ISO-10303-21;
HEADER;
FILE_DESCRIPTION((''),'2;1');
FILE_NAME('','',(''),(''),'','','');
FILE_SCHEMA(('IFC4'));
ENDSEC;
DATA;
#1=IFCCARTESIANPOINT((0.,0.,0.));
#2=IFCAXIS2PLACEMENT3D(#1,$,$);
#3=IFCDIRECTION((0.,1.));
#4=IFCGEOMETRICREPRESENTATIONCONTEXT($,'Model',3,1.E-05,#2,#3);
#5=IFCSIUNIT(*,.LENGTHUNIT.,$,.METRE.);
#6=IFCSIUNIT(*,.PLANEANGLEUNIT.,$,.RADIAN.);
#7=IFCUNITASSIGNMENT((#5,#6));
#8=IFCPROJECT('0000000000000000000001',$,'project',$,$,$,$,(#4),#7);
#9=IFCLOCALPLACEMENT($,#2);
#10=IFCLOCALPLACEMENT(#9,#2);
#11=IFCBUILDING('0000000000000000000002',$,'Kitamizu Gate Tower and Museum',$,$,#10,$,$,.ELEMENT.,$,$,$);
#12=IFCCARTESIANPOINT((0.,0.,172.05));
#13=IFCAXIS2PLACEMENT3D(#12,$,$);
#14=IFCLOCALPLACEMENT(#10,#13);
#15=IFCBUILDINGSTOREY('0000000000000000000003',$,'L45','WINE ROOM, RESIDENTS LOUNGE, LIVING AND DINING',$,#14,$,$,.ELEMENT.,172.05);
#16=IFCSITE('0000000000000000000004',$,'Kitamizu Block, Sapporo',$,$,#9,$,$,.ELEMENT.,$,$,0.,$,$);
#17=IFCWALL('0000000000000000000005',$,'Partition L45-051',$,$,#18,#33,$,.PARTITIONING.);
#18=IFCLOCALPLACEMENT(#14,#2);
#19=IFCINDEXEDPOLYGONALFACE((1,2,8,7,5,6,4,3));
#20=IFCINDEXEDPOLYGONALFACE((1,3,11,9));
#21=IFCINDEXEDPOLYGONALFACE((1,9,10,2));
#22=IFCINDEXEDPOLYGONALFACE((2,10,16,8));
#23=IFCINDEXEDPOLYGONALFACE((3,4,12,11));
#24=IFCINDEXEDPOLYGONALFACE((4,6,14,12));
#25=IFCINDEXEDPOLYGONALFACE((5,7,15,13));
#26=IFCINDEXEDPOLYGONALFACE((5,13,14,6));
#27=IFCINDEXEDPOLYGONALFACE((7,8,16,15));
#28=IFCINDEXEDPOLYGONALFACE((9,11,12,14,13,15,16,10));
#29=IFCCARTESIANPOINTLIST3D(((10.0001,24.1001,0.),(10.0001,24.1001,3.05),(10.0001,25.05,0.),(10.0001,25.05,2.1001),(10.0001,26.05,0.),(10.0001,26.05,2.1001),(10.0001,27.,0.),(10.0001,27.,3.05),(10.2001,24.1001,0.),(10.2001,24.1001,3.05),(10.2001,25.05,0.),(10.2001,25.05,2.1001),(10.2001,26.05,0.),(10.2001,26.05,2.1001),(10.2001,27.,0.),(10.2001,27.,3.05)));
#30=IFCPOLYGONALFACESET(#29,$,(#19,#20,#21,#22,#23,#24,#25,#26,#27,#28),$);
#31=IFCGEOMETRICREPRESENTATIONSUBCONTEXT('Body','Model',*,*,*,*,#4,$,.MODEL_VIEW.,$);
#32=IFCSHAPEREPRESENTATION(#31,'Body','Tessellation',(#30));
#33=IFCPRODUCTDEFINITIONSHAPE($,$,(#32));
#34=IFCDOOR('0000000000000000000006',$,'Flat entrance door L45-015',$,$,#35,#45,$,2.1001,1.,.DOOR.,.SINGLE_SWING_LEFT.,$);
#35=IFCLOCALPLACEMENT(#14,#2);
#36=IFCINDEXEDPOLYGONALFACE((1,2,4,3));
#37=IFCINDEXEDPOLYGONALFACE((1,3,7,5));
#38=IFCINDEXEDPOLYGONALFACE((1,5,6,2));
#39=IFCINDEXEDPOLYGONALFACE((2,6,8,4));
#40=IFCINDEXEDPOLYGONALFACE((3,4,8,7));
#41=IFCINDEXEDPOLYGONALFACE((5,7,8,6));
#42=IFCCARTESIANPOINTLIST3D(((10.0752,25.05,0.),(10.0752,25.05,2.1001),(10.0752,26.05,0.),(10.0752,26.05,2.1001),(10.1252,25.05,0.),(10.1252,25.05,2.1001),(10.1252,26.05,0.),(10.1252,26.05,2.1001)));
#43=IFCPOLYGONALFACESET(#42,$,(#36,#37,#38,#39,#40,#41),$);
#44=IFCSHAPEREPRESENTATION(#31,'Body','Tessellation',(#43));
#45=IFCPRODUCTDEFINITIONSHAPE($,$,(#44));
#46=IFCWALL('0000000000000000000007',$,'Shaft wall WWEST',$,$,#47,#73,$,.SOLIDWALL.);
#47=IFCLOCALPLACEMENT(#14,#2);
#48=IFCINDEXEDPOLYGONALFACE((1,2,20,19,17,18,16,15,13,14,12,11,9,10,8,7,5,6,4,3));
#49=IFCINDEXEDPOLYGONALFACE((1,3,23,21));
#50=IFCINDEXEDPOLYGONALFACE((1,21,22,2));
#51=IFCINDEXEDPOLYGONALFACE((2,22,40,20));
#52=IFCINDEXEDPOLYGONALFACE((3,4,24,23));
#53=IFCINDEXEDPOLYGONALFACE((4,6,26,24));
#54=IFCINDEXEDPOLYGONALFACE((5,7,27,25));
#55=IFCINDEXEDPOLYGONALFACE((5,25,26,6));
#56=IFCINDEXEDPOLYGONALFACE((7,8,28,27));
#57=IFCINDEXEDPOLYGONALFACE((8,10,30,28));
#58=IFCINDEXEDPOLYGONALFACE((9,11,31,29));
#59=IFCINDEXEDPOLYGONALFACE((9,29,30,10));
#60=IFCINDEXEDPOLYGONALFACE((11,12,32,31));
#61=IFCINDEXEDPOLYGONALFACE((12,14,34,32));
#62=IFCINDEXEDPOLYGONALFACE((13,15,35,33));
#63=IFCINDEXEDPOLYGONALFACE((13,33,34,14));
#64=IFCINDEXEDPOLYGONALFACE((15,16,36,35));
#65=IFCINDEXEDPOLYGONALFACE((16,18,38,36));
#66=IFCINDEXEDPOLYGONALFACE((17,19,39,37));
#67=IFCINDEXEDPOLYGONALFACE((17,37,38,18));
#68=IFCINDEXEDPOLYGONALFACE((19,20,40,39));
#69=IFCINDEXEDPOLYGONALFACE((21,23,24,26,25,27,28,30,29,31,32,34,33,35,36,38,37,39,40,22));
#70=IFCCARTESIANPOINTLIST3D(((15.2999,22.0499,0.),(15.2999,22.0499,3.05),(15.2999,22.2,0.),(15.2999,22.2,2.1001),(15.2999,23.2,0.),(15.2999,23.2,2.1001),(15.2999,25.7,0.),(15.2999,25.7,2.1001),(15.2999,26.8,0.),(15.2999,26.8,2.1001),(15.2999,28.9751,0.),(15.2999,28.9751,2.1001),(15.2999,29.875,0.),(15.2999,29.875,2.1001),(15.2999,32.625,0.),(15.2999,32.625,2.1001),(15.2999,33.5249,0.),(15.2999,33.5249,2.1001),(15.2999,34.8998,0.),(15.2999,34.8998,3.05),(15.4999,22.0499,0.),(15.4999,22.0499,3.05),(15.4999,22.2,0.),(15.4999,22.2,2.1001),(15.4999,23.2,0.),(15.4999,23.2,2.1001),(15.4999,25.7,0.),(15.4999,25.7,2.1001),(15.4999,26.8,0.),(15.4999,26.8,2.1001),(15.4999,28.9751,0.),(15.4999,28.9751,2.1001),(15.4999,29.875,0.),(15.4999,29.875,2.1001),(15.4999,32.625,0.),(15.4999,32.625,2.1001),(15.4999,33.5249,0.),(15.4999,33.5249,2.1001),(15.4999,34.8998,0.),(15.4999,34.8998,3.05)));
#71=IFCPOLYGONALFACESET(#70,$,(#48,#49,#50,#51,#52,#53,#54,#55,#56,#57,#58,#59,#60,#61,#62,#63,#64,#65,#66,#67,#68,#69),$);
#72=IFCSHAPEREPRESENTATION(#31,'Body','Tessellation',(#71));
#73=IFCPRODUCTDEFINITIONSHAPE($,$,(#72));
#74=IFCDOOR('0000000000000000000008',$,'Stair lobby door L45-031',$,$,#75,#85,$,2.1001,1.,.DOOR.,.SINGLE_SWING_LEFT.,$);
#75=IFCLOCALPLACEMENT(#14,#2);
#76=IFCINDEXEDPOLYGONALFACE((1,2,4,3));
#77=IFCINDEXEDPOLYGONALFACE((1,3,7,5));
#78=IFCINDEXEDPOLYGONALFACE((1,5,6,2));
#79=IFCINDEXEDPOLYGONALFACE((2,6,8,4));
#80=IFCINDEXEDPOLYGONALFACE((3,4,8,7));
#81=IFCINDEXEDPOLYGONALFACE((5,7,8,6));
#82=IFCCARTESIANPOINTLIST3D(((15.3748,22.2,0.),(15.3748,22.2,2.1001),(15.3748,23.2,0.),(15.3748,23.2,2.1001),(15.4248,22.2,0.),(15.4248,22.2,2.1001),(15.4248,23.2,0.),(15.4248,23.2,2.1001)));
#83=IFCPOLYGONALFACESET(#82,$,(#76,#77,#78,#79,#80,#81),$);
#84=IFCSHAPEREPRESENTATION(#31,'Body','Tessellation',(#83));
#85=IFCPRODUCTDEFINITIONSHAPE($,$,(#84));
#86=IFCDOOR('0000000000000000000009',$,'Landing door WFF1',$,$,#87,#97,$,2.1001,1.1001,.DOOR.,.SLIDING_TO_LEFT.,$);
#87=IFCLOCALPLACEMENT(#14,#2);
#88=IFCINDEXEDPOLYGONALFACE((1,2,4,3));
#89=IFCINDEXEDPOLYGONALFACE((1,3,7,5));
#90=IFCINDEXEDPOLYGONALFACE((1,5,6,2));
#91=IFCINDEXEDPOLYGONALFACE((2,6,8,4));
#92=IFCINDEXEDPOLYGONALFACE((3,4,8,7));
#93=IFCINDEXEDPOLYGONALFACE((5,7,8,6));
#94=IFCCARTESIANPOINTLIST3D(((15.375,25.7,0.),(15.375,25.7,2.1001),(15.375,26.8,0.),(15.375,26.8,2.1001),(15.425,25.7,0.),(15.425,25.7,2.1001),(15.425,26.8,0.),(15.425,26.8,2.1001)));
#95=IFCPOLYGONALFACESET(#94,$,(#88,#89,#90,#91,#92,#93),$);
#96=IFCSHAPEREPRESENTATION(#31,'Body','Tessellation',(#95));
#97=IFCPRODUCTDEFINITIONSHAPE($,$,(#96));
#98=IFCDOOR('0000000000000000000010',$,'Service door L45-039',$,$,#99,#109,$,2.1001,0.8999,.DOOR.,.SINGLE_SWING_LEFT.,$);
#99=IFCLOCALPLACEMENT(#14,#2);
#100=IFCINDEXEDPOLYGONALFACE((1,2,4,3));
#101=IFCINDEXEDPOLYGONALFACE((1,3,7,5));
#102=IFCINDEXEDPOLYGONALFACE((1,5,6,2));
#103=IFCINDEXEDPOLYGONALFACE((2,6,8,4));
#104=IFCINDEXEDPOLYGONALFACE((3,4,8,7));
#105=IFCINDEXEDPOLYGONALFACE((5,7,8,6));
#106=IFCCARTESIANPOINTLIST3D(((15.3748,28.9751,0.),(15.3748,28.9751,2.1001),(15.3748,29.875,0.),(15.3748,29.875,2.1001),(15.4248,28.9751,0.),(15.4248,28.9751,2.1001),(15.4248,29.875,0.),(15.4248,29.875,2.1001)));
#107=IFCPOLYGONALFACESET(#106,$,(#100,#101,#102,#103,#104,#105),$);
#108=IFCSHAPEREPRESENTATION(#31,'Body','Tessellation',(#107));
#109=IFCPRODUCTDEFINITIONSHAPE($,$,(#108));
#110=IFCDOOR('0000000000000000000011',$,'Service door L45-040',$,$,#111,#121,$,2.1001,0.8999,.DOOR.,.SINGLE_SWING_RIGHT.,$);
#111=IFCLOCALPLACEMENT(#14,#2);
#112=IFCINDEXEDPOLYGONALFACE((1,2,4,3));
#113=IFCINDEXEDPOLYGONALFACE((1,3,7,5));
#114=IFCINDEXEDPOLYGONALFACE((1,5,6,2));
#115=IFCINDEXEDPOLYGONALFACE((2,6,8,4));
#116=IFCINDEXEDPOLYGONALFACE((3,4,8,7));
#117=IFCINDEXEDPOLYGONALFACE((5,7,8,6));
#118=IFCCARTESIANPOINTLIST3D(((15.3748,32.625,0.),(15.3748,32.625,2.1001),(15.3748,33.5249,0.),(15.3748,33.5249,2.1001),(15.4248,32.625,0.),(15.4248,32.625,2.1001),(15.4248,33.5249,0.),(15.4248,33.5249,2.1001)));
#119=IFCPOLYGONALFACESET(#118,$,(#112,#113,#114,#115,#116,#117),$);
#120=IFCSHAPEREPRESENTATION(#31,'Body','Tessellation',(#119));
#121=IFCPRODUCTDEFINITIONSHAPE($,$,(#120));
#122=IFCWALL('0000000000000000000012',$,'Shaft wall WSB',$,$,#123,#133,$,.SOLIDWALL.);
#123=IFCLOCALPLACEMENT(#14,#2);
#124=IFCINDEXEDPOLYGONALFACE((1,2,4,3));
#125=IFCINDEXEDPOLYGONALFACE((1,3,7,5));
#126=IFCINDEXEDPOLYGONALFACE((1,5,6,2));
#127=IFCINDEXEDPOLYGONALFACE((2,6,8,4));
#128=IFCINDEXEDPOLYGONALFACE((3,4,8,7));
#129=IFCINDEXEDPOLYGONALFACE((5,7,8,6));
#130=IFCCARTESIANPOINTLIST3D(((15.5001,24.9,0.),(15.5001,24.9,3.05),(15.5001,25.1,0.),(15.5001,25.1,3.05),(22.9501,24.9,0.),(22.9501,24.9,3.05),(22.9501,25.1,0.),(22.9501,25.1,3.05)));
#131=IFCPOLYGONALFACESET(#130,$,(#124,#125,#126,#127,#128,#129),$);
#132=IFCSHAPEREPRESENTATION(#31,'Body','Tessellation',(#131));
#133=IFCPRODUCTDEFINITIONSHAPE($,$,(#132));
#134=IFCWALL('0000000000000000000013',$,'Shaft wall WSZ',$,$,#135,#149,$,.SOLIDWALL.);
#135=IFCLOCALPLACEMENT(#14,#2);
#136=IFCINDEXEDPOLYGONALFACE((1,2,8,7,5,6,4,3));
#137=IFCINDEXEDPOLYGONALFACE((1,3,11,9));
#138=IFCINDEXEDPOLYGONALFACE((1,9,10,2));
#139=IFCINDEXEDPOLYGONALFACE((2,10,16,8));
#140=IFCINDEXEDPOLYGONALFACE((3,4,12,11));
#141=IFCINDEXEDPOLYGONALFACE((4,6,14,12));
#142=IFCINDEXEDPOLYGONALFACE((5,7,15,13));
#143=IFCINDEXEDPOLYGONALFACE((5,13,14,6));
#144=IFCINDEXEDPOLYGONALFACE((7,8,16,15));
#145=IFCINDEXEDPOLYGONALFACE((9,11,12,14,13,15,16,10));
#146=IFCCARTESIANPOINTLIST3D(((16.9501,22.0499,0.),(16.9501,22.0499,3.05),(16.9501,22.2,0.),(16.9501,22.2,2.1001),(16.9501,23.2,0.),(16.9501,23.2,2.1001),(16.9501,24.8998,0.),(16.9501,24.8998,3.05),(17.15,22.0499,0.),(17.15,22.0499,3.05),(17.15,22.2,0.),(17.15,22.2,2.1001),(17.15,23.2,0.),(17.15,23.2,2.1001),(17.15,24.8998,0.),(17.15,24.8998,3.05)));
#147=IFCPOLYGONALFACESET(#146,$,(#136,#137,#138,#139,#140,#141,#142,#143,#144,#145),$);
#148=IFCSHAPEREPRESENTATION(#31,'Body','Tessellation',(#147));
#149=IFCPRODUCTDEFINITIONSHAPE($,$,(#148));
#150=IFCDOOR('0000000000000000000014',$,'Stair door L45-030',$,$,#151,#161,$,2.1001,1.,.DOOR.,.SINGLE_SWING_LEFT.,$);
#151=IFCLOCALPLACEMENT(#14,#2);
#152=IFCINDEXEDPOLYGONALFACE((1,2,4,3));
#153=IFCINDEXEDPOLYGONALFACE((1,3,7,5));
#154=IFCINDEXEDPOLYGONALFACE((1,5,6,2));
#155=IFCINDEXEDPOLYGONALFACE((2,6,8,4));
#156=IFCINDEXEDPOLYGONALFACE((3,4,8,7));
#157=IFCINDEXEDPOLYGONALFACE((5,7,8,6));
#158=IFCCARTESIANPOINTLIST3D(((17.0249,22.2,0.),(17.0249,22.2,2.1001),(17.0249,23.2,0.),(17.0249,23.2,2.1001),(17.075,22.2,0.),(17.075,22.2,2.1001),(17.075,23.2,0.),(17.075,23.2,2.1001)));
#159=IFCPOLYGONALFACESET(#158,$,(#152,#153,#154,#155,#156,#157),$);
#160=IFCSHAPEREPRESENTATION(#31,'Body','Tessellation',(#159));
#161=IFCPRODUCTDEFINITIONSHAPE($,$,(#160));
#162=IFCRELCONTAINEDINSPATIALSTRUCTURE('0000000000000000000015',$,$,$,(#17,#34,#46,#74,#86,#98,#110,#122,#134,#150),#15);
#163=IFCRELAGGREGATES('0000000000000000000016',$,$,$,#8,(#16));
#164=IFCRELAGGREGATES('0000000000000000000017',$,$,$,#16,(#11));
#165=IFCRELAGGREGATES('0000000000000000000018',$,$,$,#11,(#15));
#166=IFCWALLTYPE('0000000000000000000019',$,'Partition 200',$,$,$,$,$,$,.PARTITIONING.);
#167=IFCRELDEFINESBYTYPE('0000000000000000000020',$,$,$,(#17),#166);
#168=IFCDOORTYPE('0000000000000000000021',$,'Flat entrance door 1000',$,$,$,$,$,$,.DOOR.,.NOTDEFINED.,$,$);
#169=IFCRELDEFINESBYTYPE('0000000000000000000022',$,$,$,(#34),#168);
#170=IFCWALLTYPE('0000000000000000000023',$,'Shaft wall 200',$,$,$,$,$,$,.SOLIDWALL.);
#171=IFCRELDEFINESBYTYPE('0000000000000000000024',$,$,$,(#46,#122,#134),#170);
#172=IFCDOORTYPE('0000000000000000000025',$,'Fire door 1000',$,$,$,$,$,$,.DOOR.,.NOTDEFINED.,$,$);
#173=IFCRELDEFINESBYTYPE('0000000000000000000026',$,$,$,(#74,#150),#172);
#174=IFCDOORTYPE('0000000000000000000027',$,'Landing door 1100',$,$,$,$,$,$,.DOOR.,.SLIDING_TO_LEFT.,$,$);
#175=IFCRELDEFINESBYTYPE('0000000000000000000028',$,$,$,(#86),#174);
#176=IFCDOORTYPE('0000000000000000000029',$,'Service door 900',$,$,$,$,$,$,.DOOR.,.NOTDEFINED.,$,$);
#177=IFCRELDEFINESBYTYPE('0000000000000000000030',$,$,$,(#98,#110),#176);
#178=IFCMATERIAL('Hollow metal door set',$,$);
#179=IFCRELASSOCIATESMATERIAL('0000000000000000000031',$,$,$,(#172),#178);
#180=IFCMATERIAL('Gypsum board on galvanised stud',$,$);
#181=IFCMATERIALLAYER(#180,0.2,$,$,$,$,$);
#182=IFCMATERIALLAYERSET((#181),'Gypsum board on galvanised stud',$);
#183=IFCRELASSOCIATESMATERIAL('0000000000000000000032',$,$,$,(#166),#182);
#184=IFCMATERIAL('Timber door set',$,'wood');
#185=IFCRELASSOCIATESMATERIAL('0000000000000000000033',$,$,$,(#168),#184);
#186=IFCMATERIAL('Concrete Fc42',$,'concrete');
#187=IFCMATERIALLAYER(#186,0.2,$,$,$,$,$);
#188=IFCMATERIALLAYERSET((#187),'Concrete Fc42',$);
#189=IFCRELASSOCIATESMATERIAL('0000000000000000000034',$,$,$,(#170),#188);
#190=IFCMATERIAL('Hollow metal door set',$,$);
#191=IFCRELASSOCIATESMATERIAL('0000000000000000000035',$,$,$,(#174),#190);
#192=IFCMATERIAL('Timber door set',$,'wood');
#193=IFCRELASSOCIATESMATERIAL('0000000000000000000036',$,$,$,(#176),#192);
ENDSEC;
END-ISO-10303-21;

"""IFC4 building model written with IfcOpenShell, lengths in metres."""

from ifc_helpers import new_model, si_unit, direction, frame, frame_2d, origin, place, context, subcontext, project, spatial, rectangle, extrude, material, layer, layer_set, type_object, element, fill, save


model = new_model("IFC4")

# Units and contexts
model_context = context("Model", 3, precision=1e-05, world=origin(), true_north=direction((0.0, 1.0)))
body_context = subcontext(model_context, "Body", "Model", "MODEL_VIEW")
ifc_project = project(units=[si_unit("LENGTHUNIT", "METRE"), si_unit("PLANEANGLEUNIT", "RADIAN")], contexts=[model_context])

# Site, building, storey
site_placement = place(None, origin())
site = spatial("IfcSite", under=ifc_project, at=site_placement, Name="Kitamizu Block, Sapporo", CompositionType="ELEMENT", RefElevation=0.0)
building_placement = place(site_placement, origin())
building = spatial("IfcBuilding", under=site, at=building_placement, Name="Kitamizu Gate Tower and Museum", CompositionType="ELEMENT")
storey_placement = place(building_placement, frame((0.0, 0.0, 172.05)))
storey = spatial("IfcBuildingStorey", under=building, at=storey_placement, Name="L45", Description="WINE ROOM, RESIDENTS LOUNGE, LIVING AND DINING", CompositionType="ELEMENT", Elevation=172.05)

# Shared definitions
ifc_material_1 = material(Name="Hollow metal door set")
door_type_1 = type_object("IfcDoorType", Name="Fire door 1000", OperationType="NOTDEFINED", PredefinedType="DOOR", material=ifc_material_1)

# Shared definitions
ifc_material_2 = material(Name="Gypsum board on galvanised stud")
ifc_layer_1 = layer(ifc_material_2, 0.2)
ifc_layer_set_1 = layer_set([ifc_layer_1], Name="Gypsum board on galvanised stud")
wall_type_1 = type_object("IfcWallType", Name="Partition 200", PredefinedType="PARTITIONING", material=ifc_layer_set_1)

# Wall, opening, door
wall_1_placement = place(storey_placement, frame((10.1001, 24.1001, 0.0), z_axis=(0.0, 0.0, 1.0), x_axis=(0.0, 1.0, 0.0)))
wall_1 = element("IfcWall", 1, at=wall_1_placement, inside=storey, type_object=wall_type_1, Name="Partition L45-051", PredefinedType="PARTITIONING", context=body_context, shape_type="SweptSolid", body=[
    extrude(rectangle(XDim=2.8999, YDim=0.2, at=frame_2d((1.45, 0.0))), origin(), (0.0, 0.0, 1.0), 3.05),
])
opening_1_placement = place(wall_1_placement, frame((0.95, 0.0, 0.0)))
opening_1 = element("IfcOpeningElement", 2, at=opening_1_placement, cuts=wall_1, PredefinedType="OPENING", context=body_context, shape_type="SweptSolid", body=[
    extrude(rectangle(XDim=1.0, YDim=2.1001, at=frame_2d((0.5, 1.05))), frame((0.0, 0.1099, 0.0), z_axis=(0.0, -1.0, 0.0), x_axis=(1.0, 0.0, 0.0)), (0.0, 0.0, 1.0), 0.22),
])
ifc_material_3 = material(Name="Timber door set", Category="wood")
door_type_2 = type_object("IfcDoorType", Name="Flat entrance door 1000", OperationType="NOTDEFINED", PredefinedType="DOOR", material=ifc_material_3)
door_1_placement = place(opening_1_placement, origin())
door_1 = element("IfcDoor", 3, at=door_1_placement, inside=storey, type_object=door_type_2, Name="Flat entrance door L45-015", OperationType="SINGLE_SWING_LEFT", OverallHeight=2.1001, OverallWidth=1.0, PredefinedType="DOOR", context=body_context, shape_type="SweptSolid", body=[
    extrude(rectangle(XDim=1.0, YDim=2.1001, at=frame_2d((0.5, 1.05))), frame((0.0, 0.0249, 0.0), z_axis=(0.0, -1.0, 0.0), x_axis=(1.0, 0.0, 0.0)), (0.0, 0.0, 1.0), 0.05),
])
fill(opening_1, door_1)

# Wall, openings, doors
ifc_material_4 = material(Name="Concrete Fc42", Category="concrete")
ifc_layer_2 = layer(ifc_material_4, 0.2)
ifc_layer_set_2 = layer_set([ifc_layer_2], Name="Concrete Fc42")
wall_type_2 = type_object("IfcWallType", Name="Shaft wall 200", PredefinedType="SOLIDWALL", material=ifc_layer_set_2)
wall_2_placement = place(storey_placement, frame((15.3999, 22.05, 0.0), z_axis=(0.0, 0.0, 1.0), x_axis=(0.0, 1.0, 0.0)))
wall_2 = element("IfcWall", 4, at=wall_2_placement, inside=storey, type_object=wall_type_2, Name="Shaft wall WWEST", PredefinedType="SOLIDWALL", context=body_context, shape_type="SweptSolid", body=[
    extrude(rectangle(XDim=12.8499, YDim=0.2, at=frame_2d((6.4248, 0.0))), origin(), (0.0, 0.0, 1.0), 3.05),
])
opening_2_placement = place(wall_2_placement, frame((3.6499, 0.0, 0.0)))
opening_2 = element("IfcOpeningElement", 5, at=opening_2_placement, cuts=wall_2, PredefinedType="OPENING", context=body_context, shape_type="SweptSolid", body=[
    extrude(rectangle(XDim=1.1001, YDim=2.1001, at=frame_2d((0.55, 1.05))), frame((0.0, 0.1099, 0.0), z_axis=(0.0, -1.0, 0.0), x_axis=(1.0, 0.0, 0.0)), (0.0, 0.0, 1.0), 0.22),
])
opening_3_placement = place(wall_2_placement, frame((0.1499, 0.0, 0.0)))
opening_3 = element("IfcOpeningElement", 6, at=opening_3_placement, cuts=wall_2, PredefinedType="OPENING", context=body_context, shape_type="SweptSolid", body=[
    extrude(rectangle(XDim=1.0, YDim=2.1001, at=frame_2d((0.5, 1.05))), frame((0.0, 0.1099, 0.0), z_axis=(0.0, -1.0, 0.0), x_axis=(1.0, 0.0, 0.0)), (0.0, 0.0, 1.0), 0.22),
])
opening_4_placement = place(wall_2_placement, frame((6.925, 0.0, 0.0)))
opening_4 = element("IfcOpeningElement", 7, at=opening_4_placement, cuts=wall_2, PredefinedType="OPENING", context=body_context, shape_type="SweptSolid", body=[
    extrude(rectangle(XDim=0.8999, YDim=2.1001, at=frame_2d((0.45, 1.05))), frame((0.0, 0.1099, 0.0), z_axis=(0.0, -1.0, 0.0), x_axis=(1.0, 0.0, 0.0)), (0.0, 0.0, 1.0), 0.22),
])
opening_5_placement = place(wall_2_placement, frame((10.575, 0.0, 0.0)))
opening_5 = element("IfcOpeningElement", 8, at=opening_5_placement, cuts=wall_2, PredefinedType="OPENING", context=body_context, shape_type="SweptSolid", body=[
    extrude(rectangle(XDim=0.8999, YDim=2.1001, at=frame_2d((0.45, 1.05))), frame((0.0, 0.1099, 0.0), z_axis=(0.0, -1.0, 0.0), x_axis=(1.0, 0.0, 0.0)), (0.0, 0.0, 1.0), 0.22),
])
door_2_placement = place(opening_3_placement, frame((1.0, 0.0, 0.0), x_axis=(-1.0, 0.0, 0.0)))
door_2 = element("IfcDoor", 9, at=door_2_placement, inside=storey, type_object=door_type_1, Name="Stair lobby door L45-031", OperationType="SINGLE_SWING_LEFT", OverallHeight=2.1001, OverallWidth=1.0, PredefinedType="DOOR", context=body_context, shape_type="SweptSolid", body=[
    extrude(rectangle(XDim=1.0, YDim=2.1001, at=frame_2d((0.5, 1.05))), frame((0.0, 0.0249, 0.0), z_axis=(0.0, -1.0, 0.0), x_axis=(1.0, 0.0, 0.0)), (0.0, 0.0, 1.0), 0.05),
])
fill(opening_3, door_2)
ifc_material_5 = material(Name="Hollow metal door set")
door_type_3 = type_object("IfcDoorType", Name="Landing door 1100", OperationType="SLIDING_TO_LEFT", PredefinedType="DOOR", material=ifc_material_5)
door_3_placement = place(opening_2_placement, origin())
door_3 = element("IfcDoor", 10, at=door_3_placement, inside=storey, type_object=door_type_3, Name="Landing door WFF1", OperationType="SLIDING_TO_LEFT", OverallHeight=2.1001, OverallWidth=1.1001, PredefinedType="DOOR", context=body_context, shape_type="SweptSolid", body=[
    extrude(rectangle(XDim=1.1001, YDim=2.1001, at=frame_2d((0.55, 1.05))), frame((0.0, 0.0249, 0.0), z_axis=(0.0, -1.0, 0.0), x_axis=(1.0, 0.0, 0.0)), (0.0, 0.0, 1.0), 0.05),
])
fill(opening_2, door_3)
ifc_material_6 = material(Name="Timber door set", Category="wood")
door_type_4 = type_object("IfcDoorType", Name="Service door 900", OperationType="NOTDEFINED", PredefinedType="DOOR", material=ifc_material_6)
door_4_placement = place(opening_4_placement, frame((0.8999, 0.0, 0.0), x_axis=(-1.0, 0.0, 0.0)))
door_4 = element("IfcDoor", 11, at=door_4_placement, inside=storey, type_object=door_type_4, Name="Service door L45-039", OperationType="SINGLE_SWING_LEFT", OverallHeight=2.1001, OverallWidth=0.8999, PredefinedType="DOOR", context=body_context, shape_type="SweptSolid", body=[
    extrude(rectangle(XDim=0.8999, YDim=2.1001, at=frame_2d((0.45, 1.05))), frame((0.0, 0.0249, 0.0), z_axis=(0.0, -1.0, 0.0), x_axis=(1.0, 0.0, 0.0)), (0.0, 0.0, 1.0), 0.05),
])
fill(opening_4, door_4)
door_5_placement = place(opening_5_placement, frame((0.8999, 0.0, 0.0), x_axis=(-1.0, 0.0, 0.0)))
door_5 = element("IfcDoor", 12, at=door_5_placement, inside=storey, type_object=door_type_4, Name="Service door L45-040", OperationType="SINGLE_SWING_RIGHT", OverallHeight=2.1001, OverallWidth=0.8999, PredefinedType="DOOR", context=body_context, shape_type="SweptSolid", body=[
    extrude(rectangle(XDim=0.8999, YDim=2.1001, at=frame_2d((0.45, 1.05))), frame((0.0, 0.0249, 0.0), z_axis=(0.0, -1.0, 0.0), x_axis=(1.0, 0.0, 0.0)), (0.0, 0.0, 1.0), 0.05),
])
fill(opening_5, door_5)

# Wall
wall_3_placement = place(storey_placement, frame((15.5, 25.0, 0.0), z_axis=(0.0, 0.0, 1.0), x_axis=(1.0, 0.0, 0.0)))
element("IfcWall", 13, at=wall_3_placement, inside=storey, type_object=wall_type_2, Name="Shaft wall WSB", PredefinedType="SOLIDWALL", context=body_context, shape_type="SweptSolid", body=[
    extrude(rectangle(XDim=7.45, YDim=0.2, at=frame_2d((3.7251, 0.0))), origin(), (0.0, 0.0, 1.0), 3.05),
])

# Wall, opening, door
wall_4_placement = place(storey_placement, frame((17.05, 22.05, 0.0), z_axis=(0.0, 0.0, 1.0), x_axis=(0.0, 1.0, 0.0)))
wall_4 = element("IfcWall", 14, at=wall_4_placement, inside=storey, type_object=wall_type_2, Name="Shaft wall WSZ", PredefinedType="SOLIDWALL", context=body_context, shape_type="SweptSolid", body=[
    extrude(rectangle(XDim=2.8499, YDim=0.2, at=frame_2d((1.4248, 0.0))), origin(), (0.0, 0.0, 1.0), 3.05),
])
opening_6_placement = place(wall_4_placement, frame((0.1499, 0.0, 0.0)))
opening_6 = element("IfcOpeningElement", 15, at=opening_6_placement, cuts=wall_4, PredefinedType="OPENING", context=body_context, shape_type="SweptSolid", body=[
    extrude(rectangle(XDim=1.0, YDim=2.1001, at=frame_2d((0.5, 1.05))), frame((0.0, 0.1099, 0.0), z_axis=(0.0, -1.0, 0.0), x_axis=(1.0, 0.0, 0.0)), (0.0, 0.0, 1.0), 0.22),
])
door_6_placement = place(opening_6_placement, frame((1.0, 0.0, 0.0), x_axis=(-1.0, 0.0, 0.0)))
door_6 = element("IfcDoor", 16, at=door_6_placement, inside=storey, type_object=door_type_1, Name="Stair door L45-030", OperationType="SINGLE_SWING_LEFT", OverallHeight=2.1001, OverallWidth=1.0, PredefinedType="DOOR", context=body_context, shape_type="SweptSolid", body=[
    extrude(rectangle(XDim=1.0, YDim=2.1001, at=frame_2d((0.5, 1.05))), frame((0.0, 0.0249, 0.0), z_axis=(0.0, -1.0, 0.0), x_axis=(1.0, 0.0, 0.0)), (0.0, 0.0, 1.0), 0.05),
])
fill(opening_6, door_6)

save(model, "model.ifc")
